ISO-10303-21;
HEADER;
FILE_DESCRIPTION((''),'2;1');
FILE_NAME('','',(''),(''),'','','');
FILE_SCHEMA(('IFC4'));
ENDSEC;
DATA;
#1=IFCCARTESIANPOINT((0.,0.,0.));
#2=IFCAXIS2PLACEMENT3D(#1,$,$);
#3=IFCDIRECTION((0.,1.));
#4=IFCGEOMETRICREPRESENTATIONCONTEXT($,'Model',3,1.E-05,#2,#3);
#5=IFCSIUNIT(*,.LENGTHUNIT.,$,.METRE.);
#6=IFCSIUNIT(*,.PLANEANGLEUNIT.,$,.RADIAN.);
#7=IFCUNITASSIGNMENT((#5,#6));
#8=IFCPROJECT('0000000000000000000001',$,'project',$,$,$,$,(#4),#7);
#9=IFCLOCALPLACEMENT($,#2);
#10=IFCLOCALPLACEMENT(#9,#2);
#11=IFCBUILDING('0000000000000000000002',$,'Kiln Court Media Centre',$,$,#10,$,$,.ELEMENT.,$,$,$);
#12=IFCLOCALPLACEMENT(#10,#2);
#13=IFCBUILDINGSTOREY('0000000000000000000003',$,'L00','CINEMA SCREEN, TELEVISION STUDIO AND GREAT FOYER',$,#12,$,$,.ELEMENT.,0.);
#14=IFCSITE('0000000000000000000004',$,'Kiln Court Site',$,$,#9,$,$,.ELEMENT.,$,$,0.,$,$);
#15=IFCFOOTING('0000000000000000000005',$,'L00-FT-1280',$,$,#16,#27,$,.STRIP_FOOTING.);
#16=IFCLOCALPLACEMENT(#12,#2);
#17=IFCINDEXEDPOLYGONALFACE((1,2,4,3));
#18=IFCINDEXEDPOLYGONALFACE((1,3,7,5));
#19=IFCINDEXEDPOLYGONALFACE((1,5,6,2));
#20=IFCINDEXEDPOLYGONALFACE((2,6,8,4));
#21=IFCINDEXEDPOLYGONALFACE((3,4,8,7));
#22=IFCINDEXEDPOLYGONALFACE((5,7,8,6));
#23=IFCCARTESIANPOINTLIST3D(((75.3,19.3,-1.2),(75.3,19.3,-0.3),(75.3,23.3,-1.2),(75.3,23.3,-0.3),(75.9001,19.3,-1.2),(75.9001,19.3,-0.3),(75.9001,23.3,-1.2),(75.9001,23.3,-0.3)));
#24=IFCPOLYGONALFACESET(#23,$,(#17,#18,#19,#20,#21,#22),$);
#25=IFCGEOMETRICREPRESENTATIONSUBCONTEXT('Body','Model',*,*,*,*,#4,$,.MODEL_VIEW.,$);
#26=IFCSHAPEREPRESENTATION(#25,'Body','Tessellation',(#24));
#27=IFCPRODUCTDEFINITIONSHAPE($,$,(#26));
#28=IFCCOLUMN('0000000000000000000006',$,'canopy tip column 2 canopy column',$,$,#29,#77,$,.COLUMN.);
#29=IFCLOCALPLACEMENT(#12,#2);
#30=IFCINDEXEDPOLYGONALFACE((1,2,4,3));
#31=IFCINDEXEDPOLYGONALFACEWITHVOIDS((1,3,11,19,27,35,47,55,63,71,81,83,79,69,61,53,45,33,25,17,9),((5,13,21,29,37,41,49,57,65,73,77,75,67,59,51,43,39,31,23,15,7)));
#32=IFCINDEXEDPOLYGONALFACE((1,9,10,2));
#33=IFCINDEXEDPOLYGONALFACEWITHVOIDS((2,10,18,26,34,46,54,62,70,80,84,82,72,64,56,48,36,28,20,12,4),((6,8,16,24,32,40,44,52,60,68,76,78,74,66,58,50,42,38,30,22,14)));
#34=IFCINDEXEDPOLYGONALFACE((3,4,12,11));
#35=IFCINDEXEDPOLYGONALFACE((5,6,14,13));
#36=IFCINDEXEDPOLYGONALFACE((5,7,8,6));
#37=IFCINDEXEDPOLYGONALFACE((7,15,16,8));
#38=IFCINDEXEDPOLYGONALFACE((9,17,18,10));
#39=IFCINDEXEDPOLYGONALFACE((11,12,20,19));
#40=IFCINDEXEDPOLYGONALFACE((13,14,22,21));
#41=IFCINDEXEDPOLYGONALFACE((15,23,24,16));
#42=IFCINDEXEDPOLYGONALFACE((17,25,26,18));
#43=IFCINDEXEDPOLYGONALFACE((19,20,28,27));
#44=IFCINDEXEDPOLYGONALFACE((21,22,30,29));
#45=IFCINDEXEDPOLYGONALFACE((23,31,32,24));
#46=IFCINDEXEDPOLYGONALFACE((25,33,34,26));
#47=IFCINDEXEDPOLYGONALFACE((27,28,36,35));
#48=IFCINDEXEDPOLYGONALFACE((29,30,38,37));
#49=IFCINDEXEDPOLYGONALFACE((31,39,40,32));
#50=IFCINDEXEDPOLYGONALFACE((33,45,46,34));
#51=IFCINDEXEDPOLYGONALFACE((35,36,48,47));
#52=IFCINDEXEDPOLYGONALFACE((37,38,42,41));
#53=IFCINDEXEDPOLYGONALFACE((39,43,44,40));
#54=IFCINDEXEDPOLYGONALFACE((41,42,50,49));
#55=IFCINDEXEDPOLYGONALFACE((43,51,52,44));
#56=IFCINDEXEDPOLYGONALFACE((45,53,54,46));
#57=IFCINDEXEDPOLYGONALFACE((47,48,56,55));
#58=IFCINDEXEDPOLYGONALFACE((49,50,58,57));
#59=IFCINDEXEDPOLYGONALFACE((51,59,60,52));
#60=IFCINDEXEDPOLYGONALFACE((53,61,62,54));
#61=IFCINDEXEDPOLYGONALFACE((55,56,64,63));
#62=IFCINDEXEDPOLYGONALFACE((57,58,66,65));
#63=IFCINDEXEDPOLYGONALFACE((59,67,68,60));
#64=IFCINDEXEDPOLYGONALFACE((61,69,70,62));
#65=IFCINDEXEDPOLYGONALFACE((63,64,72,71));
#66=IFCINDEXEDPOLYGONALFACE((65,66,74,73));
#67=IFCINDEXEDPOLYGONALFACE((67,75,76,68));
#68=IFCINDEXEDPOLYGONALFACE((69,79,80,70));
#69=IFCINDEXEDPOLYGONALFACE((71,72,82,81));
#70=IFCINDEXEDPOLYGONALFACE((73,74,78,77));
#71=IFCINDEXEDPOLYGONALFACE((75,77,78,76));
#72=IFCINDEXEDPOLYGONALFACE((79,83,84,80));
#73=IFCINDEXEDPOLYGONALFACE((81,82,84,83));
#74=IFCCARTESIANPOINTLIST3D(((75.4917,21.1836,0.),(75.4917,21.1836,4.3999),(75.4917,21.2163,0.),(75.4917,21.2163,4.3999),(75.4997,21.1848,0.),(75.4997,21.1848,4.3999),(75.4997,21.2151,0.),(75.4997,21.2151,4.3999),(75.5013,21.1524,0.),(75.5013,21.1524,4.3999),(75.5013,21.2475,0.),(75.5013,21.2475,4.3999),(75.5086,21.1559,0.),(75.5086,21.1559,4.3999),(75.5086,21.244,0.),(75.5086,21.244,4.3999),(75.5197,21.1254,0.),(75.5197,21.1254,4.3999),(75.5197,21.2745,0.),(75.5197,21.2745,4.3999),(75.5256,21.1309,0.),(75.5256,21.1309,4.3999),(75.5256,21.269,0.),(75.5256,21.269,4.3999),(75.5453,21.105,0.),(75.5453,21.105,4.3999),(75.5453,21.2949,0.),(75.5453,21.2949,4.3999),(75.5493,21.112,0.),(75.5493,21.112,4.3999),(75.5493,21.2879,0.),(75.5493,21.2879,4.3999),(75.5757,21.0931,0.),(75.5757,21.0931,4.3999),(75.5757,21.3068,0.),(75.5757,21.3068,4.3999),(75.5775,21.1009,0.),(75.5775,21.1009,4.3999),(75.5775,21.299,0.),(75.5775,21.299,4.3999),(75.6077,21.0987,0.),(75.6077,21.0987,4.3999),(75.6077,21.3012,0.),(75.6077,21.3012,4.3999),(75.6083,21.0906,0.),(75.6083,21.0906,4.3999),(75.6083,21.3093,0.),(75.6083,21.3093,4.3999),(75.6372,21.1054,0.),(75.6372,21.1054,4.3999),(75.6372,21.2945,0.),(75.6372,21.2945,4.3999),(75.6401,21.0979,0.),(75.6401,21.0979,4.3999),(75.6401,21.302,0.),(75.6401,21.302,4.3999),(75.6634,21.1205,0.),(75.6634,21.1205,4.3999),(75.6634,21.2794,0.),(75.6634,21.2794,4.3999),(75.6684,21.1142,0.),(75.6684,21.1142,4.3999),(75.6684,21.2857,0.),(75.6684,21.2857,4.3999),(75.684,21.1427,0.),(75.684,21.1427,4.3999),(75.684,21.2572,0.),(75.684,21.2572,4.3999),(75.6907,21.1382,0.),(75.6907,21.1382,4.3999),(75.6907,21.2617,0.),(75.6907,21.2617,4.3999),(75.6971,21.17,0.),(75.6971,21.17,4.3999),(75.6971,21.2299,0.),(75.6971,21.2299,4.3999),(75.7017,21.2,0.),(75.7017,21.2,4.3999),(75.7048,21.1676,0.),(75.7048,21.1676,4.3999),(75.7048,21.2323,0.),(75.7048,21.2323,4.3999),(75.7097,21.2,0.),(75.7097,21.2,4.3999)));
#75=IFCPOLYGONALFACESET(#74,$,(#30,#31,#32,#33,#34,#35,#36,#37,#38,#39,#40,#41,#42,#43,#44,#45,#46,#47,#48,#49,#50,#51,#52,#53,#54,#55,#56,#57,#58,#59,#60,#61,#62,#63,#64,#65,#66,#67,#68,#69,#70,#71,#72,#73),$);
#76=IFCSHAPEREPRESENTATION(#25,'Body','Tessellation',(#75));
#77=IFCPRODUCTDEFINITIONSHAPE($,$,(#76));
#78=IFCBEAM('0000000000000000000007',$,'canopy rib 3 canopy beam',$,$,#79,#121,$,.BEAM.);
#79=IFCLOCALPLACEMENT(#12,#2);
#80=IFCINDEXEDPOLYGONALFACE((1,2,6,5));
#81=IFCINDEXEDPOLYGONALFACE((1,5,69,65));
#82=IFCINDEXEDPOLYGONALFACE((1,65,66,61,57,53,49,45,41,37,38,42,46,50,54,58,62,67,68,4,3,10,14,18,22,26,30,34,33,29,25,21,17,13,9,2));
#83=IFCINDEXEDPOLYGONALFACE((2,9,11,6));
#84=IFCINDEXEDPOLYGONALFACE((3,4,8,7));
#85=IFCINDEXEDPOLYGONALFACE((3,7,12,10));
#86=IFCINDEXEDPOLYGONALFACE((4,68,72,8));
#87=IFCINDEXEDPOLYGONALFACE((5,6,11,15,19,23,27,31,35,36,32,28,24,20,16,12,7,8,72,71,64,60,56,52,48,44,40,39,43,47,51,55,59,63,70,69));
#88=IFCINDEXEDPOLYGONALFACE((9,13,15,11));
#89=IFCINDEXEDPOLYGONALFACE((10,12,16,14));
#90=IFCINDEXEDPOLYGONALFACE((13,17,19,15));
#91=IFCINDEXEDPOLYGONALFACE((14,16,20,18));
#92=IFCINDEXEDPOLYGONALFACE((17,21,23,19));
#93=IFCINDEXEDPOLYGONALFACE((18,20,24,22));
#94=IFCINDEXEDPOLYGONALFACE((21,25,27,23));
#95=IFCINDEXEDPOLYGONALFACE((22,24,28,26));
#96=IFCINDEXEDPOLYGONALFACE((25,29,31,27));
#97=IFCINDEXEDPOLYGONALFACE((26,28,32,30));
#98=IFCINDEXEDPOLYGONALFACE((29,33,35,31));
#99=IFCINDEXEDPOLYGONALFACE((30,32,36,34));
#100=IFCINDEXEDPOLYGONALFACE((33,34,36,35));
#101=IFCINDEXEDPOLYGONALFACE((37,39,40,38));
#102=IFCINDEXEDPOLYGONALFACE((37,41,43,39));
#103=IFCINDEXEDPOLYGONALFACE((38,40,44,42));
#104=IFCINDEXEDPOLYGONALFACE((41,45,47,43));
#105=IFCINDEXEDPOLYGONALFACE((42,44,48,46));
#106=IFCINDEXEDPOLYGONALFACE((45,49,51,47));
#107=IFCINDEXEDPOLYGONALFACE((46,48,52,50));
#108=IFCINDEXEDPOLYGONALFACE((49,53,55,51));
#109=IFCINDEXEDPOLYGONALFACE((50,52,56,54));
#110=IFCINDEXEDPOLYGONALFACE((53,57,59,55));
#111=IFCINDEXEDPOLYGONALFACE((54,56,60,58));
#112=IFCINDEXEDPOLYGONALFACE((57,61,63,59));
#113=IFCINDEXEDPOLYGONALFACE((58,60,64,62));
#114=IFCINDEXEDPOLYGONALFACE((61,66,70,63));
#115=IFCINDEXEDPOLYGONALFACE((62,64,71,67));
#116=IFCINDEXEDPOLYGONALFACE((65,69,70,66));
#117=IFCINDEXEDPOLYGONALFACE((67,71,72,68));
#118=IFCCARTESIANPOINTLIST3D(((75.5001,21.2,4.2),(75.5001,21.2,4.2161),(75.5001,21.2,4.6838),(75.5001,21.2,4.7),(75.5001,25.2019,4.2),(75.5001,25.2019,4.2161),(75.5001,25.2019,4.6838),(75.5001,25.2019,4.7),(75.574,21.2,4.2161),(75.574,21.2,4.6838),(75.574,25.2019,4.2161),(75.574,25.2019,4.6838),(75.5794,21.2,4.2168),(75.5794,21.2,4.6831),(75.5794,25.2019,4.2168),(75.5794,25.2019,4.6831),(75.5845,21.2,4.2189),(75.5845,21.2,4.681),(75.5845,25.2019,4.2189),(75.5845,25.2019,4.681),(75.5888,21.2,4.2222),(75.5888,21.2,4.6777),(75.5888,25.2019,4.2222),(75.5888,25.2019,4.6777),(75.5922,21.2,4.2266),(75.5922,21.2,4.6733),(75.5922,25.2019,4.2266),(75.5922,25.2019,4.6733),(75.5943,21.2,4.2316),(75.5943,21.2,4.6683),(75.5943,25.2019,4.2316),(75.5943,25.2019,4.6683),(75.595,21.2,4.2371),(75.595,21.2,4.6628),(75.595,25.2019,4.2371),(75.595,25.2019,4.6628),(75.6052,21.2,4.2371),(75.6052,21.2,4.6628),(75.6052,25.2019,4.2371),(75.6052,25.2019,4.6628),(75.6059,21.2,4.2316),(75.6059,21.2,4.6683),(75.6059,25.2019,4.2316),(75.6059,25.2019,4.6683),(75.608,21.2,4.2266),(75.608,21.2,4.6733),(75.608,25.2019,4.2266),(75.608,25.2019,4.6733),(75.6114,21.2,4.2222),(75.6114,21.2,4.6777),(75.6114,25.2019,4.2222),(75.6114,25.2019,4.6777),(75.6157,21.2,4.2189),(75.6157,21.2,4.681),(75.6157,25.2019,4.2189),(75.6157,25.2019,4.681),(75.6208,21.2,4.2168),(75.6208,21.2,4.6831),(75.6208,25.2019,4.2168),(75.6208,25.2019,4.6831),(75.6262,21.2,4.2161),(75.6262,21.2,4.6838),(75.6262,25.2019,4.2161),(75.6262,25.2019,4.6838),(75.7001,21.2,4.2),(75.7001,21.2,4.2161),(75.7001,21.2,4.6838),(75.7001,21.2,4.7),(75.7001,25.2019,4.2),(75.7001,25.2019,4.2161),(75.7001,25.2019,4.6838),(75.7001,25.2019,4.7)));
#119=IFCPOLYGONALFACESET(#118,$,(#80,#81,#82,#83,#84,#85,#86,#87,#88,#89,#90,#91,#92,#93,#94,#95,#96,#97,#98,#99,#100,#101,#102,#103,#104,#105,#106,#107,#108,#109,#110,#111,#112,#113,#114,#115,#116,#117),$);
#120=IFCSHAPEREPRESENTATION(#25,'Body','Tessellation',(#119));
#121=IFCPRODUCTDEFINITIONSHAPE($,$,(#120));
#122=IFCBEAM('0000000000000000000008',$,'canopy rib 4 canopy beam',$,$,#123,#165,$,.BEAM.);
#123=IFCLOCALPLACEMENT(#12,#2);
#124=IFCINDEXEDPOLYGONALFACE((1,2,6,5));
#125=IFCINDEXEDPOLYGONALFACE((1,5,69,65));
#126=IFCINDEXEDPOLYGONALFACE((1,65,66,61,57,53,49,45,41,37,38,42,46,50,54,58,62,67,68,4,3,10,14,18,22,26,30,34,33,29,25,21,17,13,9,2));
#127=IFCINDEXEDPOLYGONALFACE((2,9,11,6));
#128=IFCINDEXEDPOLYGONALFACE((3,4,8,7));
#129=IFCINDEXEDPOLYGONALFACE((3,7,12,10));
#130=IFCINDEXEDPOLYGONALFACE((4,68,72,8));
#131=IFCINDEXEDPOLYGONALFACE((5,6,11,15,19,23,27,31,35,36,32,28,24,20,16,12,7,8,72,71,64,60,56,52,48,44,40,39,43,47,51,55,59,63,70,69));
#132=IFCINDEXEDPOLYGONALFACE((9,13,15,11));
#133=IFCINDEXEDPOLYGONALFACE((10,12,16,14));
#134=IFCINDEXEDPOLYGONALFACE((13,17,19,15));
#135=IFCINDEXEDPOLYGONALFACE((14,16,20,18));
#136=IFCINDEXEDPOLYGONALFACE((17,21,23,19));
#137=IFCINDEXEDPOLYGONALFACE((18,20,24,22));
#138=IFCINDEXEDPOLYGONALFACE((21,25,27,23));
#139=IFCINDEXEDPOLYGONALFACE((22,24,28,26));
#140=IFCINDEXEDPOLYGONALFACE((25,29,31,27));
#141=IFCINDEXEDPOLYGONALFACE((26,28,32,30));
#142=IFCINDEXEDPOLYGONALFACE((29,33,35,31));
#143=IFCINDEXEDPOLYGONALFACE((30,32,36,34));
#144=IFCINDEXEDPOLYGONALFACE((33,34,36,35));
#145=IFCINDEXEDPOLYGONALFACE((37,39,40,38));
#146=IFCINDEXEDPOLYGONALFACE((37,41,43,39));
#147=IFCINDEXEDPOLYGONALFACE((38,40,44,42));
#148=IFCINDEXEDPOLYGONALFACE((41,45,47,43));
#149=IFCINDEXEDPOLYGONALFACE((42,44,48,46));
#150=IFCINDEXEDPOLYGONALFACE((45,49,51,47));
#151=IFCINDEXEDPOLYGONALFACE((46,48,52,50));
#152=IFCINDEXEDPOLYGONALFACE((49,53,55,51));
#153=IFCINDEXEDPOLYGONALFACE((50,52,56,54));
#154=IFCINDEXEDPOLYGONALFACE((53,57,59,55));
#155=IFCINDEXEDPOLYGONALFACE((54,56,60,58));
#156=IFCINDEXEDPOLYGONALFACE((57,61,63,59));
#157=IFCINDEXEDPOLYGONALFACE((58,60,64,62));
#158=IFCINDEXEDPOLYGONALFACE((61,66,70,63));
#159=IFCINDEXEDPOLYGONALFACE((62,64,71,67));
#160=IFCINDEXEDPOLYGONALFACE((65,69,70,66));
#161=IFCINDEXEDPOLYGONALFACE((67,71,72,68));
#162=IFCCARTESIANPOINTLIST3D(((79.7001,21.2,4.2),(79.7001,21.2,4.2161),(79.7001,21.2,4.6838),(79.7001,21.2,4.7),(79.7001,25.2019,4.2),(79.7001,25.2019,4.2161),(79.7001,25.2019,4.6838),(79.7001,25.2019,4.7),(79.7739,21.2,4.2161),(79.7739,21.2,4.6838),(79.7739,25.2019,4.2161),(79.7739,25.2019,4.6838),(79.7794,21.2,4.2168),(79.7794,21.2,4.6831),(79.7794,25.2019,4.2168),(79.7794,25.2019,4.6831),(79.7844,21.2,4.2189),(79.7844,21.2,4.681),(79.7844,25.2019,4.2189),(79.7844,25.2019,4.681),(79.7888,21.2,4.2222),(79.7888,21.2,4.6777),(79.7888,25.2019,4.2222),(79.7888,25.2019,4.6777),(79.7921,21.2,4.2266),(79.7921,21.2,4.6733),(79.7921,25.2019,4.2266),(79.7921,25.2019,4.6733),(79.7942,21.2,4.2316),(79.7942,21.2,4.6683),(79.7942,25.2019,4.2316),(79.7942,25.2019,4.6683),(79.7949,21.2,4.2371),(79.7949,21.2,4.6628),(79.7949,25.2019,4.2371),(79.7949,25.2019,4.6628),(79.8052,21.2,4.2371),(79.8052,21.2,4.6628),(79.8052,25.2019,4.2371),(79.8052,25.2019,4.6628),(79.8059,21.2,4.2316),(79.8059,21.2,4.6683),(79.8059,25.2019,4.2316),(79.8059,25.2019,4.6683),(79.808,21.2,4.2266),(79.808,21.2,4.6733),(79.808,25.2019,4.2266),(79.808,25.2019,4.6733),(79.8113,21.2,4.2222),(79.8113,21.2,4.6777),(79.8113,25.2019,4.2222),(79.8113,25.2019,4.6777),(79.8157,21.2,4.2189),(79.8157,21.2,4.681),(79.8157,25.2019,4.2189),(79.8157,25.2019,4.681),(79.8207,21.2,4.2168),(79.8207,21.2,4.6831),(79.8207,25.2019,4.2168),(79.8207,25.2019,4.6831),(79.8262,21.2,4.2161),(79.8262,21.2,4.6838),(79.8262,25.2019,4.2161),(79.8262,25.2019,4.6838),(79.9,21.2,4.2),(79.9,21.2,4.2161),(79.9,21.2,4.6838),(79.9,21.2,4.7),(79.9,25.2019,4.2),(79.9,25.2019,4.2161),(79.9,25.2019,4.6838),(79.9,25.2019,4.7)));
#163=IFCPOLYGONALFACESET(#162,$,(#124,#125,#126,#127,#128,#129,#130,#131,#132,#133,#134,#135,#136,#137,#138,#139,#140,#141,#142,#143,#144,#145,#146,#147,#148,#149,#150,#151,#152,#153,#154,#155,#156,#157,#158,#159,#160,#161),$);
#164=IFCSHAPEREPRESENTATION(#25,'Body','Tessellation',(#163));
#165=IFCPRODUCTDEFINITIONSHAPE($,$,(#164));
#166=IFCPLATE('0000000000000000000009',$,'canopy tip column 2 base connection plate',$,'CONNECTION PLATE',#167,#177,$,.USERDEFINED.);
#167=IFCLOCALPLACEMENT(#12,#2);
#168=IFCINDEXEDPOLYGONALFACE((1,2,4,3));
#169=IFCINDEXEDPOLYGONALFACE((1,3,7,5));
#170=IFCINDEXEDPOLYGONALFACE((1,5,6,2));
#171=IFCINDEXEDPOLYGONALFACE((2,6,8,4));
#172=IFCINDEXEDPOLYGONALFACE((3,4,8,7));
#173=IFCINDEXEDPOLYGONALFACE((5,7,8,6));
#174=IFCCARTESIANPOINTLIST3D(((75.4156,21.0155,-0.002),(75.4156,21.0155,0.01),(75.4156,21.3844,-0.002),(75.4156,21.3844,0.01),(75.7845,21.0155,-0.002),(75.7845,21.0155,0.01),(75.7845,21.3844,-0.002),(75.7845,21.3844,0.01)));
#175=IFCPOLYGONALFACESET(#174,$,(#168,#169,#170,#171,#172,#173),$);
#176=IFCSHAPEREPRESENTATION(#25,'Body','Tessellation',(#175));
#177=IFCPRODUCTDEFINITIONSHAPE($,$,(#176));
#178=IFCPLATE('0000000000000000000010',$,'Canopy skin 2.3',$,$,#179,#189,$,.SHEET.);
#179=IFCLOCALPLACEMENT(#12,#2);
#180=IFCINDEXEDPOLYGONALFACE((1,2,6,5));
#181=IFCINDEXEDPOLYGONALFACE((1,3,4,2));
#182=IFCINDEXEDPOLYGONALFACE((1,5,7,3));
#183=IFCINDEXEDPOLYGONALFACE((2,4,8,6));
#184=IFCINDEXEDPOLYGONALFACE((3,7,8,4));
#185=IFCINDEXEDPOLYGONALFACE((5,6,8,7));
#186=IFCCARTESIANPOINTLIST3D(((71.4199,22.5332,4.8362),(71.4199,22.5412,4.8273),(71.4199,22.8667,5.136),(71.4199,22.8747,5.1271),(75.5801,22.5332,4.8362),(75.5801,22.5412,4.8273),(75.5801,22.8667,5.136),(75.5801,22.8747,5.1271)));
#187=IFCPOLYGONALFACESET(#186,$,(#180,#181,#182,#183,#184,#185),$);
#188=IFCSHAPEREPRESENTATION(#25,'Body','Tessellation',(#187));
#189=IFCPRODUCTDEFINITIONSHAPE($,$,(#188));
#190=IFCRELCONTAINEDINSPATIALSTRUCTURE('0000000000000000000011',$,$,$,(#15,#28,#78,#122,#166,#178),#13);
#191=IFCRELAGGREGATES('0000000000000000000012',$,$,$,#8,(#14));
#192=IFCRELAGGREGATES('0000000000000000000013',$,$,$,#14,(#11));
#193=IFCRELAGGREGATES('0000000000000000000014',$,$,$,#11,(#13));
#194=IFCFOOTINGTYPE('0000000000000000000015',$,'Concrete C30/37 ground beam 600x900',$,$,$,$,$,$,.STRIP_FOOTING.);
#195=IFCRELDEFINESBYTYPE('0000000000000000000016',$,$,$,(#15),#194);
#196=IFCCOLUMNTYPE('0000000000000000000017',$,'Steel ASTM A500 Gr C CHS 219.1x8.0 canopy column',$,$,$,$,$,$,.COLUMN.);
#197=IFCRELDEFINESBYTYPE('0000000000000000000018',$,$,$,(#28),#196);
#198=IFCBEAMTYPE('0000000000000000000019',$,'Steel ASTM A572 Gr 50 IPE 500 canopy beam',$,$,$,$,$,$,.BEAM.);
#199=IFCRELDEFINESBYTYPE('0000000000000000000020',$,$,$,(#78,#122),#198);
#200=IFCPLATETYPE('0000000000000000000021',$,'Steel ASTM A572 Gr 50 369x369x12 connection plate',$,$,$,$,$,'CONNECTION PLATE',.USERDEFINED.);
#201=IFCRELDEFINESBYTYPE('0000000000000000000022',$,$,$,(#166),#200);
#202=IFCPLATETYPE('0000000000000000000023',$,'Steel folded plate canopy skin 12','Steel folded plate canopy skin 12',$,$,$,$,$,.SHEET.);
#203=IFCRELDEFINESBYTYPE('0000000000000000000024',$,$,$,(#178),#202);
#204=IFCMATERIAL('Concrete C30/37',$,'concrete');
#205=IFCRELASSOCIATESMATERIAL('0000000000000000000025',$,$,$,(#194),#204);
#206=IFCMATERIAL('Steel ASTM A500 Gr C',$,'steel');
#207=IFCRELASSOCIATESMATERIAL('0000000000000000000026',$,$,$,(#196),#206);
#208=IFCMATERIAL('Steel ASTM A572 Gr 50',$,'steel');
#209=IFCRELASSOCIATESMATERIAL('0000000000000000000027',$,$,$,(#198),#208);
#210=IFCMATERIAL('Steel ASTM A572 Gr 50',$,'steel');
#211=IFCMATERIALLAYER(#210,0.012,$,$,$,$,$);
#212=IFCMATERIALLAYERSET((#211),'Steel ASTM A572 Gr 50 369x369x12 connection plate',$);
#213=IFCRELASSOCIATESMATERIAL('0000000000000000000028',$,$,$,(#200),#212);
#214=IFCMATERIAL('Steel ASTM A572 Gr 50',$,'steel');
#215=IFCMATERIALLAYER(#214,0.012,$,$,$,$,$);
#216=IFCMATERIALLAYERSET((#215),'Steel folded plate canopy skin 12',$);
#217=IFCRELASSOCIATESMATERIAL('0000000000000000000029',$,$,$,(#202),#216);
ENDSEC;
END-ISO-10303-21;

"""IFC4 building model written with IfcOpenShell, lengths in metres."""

from ifc_helpers import new_model, si_unit, direction, frame, origin, origin_2d, place, context, subcontext, project, spatial, polyline, rectangle, hollow_circle, i_section, outline, extrude, material, layer, layer_set, material_profile, profile_set, type_object, element, save


model = new_model("IFC4")

# Units and contexts
model_context = context("Model", 3, precision=1e-05, world=origin(), true_north=direction((0.0, 1.0)))
body_context = subcontext(model_context, "Body", "Model", "MODEL_VIEW")
ifc_project = project(units=[si_unit("LENGTHUNIT", "METRE"), si_unit("PLANEANGLEUNIT", "RADIAN")], contexts=[model_context])

# Site, building, storey
site_placement = place(None, origin())
site = spatial("IfcSite", under=ifc_project, at=site_placement, Name="Kiln Court Site", CompositionType="ELEMENT", RefElevation=0.0)
building_placement = place(site_placement, origin())
building = spatial("IfcBuilding", under=site, at=building_placement, Name="Kiln Court Media Centre", CompositionType="ELEMENT")
storey_placement = place(building_placement, origin())
storey = spatial("IfcBuildingStorey", under=building, at=storey_placement, Name="L00", Description="CINEMA SCREEN, TELEVISION STUDIO AND GREAT FOYER", CompositionType="ELEMENT", Elevation=0.0)

# Footing
ifc_material_1 = material(Name="Concrete C30/37", Category="concrete")
footing_type = type_object("IfcFootingType", Name="Concrete C30/37 ground beam 600x900", PredefinedType="STRIP_FOOTING", material=ifc_material_1)
footing_placement = place(storey_placement, frame((75.6001, 21.3, -1.2), z_axis=(0.0, 0.0, 1.0), x_axis=(1.0, 0.0, 0.0)))
element("IfcFooting", 1, at=footing_placement, inside=storey, type_object=footing_type, Name="L00-FT-1280", PredefinedType="STRIP_FOOTING", context=body_context, shape_type="SweptSolid", body=[
    extrude(rectangle(XDim=0.6001, YDim=4.0, at=origin_2d()), origin(), (0.0, 0.0, 1.0), 0.8999),
])

# Column
ifc_material_2 = material(Name="Steel ASTM A500 Gr C", Category="steel")
ifc_material_profile_1 = material_profile(ifc_material_2, hollow_circle(Radius=0.1096, WallThickness=0.0081, at=origin_2d()), Name="CHS 219.1x8.0")
ifc_profile_set_1 = profile_set([ifc_material_profile_1], Name="Steel ASTM A500 Gr C")
column_type = type_object("IfcColumnType", Name="Steel ASTM A500 Gr C CHS 219.1x8.0 canopy column", PredefinedType="COLUMN", material=ifc_profile_set_1)
column_placement = place(storey_placement, frame((75.6001, 21.2, 0.0), z_axis=(0.0, 0.0, 1.0), x_axis=(1.0, 0.0, 0.0)))
element("IfcColumn", 2, at=column_placement, inside=storey, type_object=column_type, Name="canopy tip column 2 canopy column", PredefinedType="COLUMN", context=body_context, shape_type="SweptSolid", body=[
    extrude(hollow_circle(Radius=0.1096, WallThickness=0.0081, at=origin_2d()), origin(), (0.0, 0.0, 1.0), 4.3999),
])

# Beams
ifc_material_3 = material(Name="Steel ASTM A572 Gr 50", Category="steel")
ifc_material_profile_2 = material_profile(ifc_material_3, i_section(OverallWidth=0.2, OverallDepth=0.5, WebThickness=0.0103, FlangeThickness=0.0161, FilletRadius=0.021, at=origin_2d()), Name="IPE 500")
ifc_profile_set_2 = profile_set([ifc_material_profile_2], Name="Steel ASTM A572 Gr 50")
beam_type = type_object("IfcBeamType", Name="Steel ASTM A572 Gr 50 IPE 500 canopy beam", PredefinedType="BEAM", material=ifc_profile_set_2)
for number, where, z_axis, x_axis, name in (
    (3, (75.6001, 21.2, 4.45), (0.0, 1.0, 0.0), (-1.0, 0.0, 0.0), "canopy rib 3 canopy beam"),
    (4, (79.8, 21.2, 4.45), (0.0, 1.0, 0.0), (-1.0, 0.0, 0.0), "canopy rib 4 canopy beam"),
):
    element("IfcBeam", number, at=place(storey_placement, frame(where, z_axis=z_axis, x_axis=x_axis)), inside=storey, type_object=beam_type, Name=name, PredefinedType="BEAM", context=body_context, shape_type="SweptSolid", body=[
        extrude(i_section(OverallWidth=0.2, OverallDepth=0.5, WebThickness=0.0103, FlangeThickness=0.0161, FilletRadius=0.021, at=origin_2d()), origin(), (0.0, 0.0, 1.0), 4.002),
    ])

# Plates
ifc_material_4 = material(Name="Steel ASTM A572 Gr 50", Category="steel")
ifc_layer_1 = layer(ifc_material_4, 0.012)
ifc_layer_set_1 = layer_set([ifc_layer_1], Name="Steel ASTM A572 Gr 50 369x369x12 connection plate")
plate_type_1 = type_object("IfcPlateType", Name="Steel ASTM A572 Gr 50 369x369x12 connection plate", ElementType="CONNECTION PLATE", PredefinedType="USERDEFINED", material=ifc_layer_set_1)
plate_1_placement = place(storey_placement, frame((75.6001, 21.2, -0.002), z_axis=(0.0, 0.0, 1.0), x_axis=(1.0, 0.0, 0.0)))
element("IfcPlate", 5, at=plate_1_placement, inside=storey, type_object=plate_type_1, Name="canopy tip column 2 base connection plate", ObjectType="CONNECTION PLATE", PredefinedType="USERDEFINED", context=body_context, shape_type="SweptSolid", body=[
    extrude(rectangle(XDim=0.3689, YDim=0.3689, at=origin_2d()), origin(), (0.0, 0.0, 1.0), 0.012),
])
ifc_material_5 = material(Name="Steel ASTM A572 Gr 50", Category="steel")
ifc_layer_2 = layer(ifc_material_5, 0.012)
ifc_layer_set_2 = layer_set([ifc_layer_2], Name="Steel folded plate canopy skin 12")
plate_type_2 = type_object("IfcPlateType", Name="Steel folded plate canopy skin 12", Description="Steel folded plate canopy skin 12", PredefinedType="SHEET", material=ifc_layer_set_2)
plate_2_placement = place(storey_placement, frame((71.4199, 22.5332, 4.8362), z_axis=(0.0, -0.668544, 0.743673), x_axis=(1.0, 0.0, 0.0)))
element("IfcPlate", 6, at=plate_2_placement, inside=storey, type_object=plate_type_2, Name="Canopy skin 2.3", PredefinedType="SHEET", context=body_context, shape_type="SweptSolid", body=[
    extrude(outline(polyline([(0.0, 0.0), (4.1602, 0.0), (4.1602, 0.4484), (0.0, 0.4484), (0.0, 0.0)])), origin(), (0.0, 0.0, -1.0), 0.012),
])

save(model, "model.ifc")
